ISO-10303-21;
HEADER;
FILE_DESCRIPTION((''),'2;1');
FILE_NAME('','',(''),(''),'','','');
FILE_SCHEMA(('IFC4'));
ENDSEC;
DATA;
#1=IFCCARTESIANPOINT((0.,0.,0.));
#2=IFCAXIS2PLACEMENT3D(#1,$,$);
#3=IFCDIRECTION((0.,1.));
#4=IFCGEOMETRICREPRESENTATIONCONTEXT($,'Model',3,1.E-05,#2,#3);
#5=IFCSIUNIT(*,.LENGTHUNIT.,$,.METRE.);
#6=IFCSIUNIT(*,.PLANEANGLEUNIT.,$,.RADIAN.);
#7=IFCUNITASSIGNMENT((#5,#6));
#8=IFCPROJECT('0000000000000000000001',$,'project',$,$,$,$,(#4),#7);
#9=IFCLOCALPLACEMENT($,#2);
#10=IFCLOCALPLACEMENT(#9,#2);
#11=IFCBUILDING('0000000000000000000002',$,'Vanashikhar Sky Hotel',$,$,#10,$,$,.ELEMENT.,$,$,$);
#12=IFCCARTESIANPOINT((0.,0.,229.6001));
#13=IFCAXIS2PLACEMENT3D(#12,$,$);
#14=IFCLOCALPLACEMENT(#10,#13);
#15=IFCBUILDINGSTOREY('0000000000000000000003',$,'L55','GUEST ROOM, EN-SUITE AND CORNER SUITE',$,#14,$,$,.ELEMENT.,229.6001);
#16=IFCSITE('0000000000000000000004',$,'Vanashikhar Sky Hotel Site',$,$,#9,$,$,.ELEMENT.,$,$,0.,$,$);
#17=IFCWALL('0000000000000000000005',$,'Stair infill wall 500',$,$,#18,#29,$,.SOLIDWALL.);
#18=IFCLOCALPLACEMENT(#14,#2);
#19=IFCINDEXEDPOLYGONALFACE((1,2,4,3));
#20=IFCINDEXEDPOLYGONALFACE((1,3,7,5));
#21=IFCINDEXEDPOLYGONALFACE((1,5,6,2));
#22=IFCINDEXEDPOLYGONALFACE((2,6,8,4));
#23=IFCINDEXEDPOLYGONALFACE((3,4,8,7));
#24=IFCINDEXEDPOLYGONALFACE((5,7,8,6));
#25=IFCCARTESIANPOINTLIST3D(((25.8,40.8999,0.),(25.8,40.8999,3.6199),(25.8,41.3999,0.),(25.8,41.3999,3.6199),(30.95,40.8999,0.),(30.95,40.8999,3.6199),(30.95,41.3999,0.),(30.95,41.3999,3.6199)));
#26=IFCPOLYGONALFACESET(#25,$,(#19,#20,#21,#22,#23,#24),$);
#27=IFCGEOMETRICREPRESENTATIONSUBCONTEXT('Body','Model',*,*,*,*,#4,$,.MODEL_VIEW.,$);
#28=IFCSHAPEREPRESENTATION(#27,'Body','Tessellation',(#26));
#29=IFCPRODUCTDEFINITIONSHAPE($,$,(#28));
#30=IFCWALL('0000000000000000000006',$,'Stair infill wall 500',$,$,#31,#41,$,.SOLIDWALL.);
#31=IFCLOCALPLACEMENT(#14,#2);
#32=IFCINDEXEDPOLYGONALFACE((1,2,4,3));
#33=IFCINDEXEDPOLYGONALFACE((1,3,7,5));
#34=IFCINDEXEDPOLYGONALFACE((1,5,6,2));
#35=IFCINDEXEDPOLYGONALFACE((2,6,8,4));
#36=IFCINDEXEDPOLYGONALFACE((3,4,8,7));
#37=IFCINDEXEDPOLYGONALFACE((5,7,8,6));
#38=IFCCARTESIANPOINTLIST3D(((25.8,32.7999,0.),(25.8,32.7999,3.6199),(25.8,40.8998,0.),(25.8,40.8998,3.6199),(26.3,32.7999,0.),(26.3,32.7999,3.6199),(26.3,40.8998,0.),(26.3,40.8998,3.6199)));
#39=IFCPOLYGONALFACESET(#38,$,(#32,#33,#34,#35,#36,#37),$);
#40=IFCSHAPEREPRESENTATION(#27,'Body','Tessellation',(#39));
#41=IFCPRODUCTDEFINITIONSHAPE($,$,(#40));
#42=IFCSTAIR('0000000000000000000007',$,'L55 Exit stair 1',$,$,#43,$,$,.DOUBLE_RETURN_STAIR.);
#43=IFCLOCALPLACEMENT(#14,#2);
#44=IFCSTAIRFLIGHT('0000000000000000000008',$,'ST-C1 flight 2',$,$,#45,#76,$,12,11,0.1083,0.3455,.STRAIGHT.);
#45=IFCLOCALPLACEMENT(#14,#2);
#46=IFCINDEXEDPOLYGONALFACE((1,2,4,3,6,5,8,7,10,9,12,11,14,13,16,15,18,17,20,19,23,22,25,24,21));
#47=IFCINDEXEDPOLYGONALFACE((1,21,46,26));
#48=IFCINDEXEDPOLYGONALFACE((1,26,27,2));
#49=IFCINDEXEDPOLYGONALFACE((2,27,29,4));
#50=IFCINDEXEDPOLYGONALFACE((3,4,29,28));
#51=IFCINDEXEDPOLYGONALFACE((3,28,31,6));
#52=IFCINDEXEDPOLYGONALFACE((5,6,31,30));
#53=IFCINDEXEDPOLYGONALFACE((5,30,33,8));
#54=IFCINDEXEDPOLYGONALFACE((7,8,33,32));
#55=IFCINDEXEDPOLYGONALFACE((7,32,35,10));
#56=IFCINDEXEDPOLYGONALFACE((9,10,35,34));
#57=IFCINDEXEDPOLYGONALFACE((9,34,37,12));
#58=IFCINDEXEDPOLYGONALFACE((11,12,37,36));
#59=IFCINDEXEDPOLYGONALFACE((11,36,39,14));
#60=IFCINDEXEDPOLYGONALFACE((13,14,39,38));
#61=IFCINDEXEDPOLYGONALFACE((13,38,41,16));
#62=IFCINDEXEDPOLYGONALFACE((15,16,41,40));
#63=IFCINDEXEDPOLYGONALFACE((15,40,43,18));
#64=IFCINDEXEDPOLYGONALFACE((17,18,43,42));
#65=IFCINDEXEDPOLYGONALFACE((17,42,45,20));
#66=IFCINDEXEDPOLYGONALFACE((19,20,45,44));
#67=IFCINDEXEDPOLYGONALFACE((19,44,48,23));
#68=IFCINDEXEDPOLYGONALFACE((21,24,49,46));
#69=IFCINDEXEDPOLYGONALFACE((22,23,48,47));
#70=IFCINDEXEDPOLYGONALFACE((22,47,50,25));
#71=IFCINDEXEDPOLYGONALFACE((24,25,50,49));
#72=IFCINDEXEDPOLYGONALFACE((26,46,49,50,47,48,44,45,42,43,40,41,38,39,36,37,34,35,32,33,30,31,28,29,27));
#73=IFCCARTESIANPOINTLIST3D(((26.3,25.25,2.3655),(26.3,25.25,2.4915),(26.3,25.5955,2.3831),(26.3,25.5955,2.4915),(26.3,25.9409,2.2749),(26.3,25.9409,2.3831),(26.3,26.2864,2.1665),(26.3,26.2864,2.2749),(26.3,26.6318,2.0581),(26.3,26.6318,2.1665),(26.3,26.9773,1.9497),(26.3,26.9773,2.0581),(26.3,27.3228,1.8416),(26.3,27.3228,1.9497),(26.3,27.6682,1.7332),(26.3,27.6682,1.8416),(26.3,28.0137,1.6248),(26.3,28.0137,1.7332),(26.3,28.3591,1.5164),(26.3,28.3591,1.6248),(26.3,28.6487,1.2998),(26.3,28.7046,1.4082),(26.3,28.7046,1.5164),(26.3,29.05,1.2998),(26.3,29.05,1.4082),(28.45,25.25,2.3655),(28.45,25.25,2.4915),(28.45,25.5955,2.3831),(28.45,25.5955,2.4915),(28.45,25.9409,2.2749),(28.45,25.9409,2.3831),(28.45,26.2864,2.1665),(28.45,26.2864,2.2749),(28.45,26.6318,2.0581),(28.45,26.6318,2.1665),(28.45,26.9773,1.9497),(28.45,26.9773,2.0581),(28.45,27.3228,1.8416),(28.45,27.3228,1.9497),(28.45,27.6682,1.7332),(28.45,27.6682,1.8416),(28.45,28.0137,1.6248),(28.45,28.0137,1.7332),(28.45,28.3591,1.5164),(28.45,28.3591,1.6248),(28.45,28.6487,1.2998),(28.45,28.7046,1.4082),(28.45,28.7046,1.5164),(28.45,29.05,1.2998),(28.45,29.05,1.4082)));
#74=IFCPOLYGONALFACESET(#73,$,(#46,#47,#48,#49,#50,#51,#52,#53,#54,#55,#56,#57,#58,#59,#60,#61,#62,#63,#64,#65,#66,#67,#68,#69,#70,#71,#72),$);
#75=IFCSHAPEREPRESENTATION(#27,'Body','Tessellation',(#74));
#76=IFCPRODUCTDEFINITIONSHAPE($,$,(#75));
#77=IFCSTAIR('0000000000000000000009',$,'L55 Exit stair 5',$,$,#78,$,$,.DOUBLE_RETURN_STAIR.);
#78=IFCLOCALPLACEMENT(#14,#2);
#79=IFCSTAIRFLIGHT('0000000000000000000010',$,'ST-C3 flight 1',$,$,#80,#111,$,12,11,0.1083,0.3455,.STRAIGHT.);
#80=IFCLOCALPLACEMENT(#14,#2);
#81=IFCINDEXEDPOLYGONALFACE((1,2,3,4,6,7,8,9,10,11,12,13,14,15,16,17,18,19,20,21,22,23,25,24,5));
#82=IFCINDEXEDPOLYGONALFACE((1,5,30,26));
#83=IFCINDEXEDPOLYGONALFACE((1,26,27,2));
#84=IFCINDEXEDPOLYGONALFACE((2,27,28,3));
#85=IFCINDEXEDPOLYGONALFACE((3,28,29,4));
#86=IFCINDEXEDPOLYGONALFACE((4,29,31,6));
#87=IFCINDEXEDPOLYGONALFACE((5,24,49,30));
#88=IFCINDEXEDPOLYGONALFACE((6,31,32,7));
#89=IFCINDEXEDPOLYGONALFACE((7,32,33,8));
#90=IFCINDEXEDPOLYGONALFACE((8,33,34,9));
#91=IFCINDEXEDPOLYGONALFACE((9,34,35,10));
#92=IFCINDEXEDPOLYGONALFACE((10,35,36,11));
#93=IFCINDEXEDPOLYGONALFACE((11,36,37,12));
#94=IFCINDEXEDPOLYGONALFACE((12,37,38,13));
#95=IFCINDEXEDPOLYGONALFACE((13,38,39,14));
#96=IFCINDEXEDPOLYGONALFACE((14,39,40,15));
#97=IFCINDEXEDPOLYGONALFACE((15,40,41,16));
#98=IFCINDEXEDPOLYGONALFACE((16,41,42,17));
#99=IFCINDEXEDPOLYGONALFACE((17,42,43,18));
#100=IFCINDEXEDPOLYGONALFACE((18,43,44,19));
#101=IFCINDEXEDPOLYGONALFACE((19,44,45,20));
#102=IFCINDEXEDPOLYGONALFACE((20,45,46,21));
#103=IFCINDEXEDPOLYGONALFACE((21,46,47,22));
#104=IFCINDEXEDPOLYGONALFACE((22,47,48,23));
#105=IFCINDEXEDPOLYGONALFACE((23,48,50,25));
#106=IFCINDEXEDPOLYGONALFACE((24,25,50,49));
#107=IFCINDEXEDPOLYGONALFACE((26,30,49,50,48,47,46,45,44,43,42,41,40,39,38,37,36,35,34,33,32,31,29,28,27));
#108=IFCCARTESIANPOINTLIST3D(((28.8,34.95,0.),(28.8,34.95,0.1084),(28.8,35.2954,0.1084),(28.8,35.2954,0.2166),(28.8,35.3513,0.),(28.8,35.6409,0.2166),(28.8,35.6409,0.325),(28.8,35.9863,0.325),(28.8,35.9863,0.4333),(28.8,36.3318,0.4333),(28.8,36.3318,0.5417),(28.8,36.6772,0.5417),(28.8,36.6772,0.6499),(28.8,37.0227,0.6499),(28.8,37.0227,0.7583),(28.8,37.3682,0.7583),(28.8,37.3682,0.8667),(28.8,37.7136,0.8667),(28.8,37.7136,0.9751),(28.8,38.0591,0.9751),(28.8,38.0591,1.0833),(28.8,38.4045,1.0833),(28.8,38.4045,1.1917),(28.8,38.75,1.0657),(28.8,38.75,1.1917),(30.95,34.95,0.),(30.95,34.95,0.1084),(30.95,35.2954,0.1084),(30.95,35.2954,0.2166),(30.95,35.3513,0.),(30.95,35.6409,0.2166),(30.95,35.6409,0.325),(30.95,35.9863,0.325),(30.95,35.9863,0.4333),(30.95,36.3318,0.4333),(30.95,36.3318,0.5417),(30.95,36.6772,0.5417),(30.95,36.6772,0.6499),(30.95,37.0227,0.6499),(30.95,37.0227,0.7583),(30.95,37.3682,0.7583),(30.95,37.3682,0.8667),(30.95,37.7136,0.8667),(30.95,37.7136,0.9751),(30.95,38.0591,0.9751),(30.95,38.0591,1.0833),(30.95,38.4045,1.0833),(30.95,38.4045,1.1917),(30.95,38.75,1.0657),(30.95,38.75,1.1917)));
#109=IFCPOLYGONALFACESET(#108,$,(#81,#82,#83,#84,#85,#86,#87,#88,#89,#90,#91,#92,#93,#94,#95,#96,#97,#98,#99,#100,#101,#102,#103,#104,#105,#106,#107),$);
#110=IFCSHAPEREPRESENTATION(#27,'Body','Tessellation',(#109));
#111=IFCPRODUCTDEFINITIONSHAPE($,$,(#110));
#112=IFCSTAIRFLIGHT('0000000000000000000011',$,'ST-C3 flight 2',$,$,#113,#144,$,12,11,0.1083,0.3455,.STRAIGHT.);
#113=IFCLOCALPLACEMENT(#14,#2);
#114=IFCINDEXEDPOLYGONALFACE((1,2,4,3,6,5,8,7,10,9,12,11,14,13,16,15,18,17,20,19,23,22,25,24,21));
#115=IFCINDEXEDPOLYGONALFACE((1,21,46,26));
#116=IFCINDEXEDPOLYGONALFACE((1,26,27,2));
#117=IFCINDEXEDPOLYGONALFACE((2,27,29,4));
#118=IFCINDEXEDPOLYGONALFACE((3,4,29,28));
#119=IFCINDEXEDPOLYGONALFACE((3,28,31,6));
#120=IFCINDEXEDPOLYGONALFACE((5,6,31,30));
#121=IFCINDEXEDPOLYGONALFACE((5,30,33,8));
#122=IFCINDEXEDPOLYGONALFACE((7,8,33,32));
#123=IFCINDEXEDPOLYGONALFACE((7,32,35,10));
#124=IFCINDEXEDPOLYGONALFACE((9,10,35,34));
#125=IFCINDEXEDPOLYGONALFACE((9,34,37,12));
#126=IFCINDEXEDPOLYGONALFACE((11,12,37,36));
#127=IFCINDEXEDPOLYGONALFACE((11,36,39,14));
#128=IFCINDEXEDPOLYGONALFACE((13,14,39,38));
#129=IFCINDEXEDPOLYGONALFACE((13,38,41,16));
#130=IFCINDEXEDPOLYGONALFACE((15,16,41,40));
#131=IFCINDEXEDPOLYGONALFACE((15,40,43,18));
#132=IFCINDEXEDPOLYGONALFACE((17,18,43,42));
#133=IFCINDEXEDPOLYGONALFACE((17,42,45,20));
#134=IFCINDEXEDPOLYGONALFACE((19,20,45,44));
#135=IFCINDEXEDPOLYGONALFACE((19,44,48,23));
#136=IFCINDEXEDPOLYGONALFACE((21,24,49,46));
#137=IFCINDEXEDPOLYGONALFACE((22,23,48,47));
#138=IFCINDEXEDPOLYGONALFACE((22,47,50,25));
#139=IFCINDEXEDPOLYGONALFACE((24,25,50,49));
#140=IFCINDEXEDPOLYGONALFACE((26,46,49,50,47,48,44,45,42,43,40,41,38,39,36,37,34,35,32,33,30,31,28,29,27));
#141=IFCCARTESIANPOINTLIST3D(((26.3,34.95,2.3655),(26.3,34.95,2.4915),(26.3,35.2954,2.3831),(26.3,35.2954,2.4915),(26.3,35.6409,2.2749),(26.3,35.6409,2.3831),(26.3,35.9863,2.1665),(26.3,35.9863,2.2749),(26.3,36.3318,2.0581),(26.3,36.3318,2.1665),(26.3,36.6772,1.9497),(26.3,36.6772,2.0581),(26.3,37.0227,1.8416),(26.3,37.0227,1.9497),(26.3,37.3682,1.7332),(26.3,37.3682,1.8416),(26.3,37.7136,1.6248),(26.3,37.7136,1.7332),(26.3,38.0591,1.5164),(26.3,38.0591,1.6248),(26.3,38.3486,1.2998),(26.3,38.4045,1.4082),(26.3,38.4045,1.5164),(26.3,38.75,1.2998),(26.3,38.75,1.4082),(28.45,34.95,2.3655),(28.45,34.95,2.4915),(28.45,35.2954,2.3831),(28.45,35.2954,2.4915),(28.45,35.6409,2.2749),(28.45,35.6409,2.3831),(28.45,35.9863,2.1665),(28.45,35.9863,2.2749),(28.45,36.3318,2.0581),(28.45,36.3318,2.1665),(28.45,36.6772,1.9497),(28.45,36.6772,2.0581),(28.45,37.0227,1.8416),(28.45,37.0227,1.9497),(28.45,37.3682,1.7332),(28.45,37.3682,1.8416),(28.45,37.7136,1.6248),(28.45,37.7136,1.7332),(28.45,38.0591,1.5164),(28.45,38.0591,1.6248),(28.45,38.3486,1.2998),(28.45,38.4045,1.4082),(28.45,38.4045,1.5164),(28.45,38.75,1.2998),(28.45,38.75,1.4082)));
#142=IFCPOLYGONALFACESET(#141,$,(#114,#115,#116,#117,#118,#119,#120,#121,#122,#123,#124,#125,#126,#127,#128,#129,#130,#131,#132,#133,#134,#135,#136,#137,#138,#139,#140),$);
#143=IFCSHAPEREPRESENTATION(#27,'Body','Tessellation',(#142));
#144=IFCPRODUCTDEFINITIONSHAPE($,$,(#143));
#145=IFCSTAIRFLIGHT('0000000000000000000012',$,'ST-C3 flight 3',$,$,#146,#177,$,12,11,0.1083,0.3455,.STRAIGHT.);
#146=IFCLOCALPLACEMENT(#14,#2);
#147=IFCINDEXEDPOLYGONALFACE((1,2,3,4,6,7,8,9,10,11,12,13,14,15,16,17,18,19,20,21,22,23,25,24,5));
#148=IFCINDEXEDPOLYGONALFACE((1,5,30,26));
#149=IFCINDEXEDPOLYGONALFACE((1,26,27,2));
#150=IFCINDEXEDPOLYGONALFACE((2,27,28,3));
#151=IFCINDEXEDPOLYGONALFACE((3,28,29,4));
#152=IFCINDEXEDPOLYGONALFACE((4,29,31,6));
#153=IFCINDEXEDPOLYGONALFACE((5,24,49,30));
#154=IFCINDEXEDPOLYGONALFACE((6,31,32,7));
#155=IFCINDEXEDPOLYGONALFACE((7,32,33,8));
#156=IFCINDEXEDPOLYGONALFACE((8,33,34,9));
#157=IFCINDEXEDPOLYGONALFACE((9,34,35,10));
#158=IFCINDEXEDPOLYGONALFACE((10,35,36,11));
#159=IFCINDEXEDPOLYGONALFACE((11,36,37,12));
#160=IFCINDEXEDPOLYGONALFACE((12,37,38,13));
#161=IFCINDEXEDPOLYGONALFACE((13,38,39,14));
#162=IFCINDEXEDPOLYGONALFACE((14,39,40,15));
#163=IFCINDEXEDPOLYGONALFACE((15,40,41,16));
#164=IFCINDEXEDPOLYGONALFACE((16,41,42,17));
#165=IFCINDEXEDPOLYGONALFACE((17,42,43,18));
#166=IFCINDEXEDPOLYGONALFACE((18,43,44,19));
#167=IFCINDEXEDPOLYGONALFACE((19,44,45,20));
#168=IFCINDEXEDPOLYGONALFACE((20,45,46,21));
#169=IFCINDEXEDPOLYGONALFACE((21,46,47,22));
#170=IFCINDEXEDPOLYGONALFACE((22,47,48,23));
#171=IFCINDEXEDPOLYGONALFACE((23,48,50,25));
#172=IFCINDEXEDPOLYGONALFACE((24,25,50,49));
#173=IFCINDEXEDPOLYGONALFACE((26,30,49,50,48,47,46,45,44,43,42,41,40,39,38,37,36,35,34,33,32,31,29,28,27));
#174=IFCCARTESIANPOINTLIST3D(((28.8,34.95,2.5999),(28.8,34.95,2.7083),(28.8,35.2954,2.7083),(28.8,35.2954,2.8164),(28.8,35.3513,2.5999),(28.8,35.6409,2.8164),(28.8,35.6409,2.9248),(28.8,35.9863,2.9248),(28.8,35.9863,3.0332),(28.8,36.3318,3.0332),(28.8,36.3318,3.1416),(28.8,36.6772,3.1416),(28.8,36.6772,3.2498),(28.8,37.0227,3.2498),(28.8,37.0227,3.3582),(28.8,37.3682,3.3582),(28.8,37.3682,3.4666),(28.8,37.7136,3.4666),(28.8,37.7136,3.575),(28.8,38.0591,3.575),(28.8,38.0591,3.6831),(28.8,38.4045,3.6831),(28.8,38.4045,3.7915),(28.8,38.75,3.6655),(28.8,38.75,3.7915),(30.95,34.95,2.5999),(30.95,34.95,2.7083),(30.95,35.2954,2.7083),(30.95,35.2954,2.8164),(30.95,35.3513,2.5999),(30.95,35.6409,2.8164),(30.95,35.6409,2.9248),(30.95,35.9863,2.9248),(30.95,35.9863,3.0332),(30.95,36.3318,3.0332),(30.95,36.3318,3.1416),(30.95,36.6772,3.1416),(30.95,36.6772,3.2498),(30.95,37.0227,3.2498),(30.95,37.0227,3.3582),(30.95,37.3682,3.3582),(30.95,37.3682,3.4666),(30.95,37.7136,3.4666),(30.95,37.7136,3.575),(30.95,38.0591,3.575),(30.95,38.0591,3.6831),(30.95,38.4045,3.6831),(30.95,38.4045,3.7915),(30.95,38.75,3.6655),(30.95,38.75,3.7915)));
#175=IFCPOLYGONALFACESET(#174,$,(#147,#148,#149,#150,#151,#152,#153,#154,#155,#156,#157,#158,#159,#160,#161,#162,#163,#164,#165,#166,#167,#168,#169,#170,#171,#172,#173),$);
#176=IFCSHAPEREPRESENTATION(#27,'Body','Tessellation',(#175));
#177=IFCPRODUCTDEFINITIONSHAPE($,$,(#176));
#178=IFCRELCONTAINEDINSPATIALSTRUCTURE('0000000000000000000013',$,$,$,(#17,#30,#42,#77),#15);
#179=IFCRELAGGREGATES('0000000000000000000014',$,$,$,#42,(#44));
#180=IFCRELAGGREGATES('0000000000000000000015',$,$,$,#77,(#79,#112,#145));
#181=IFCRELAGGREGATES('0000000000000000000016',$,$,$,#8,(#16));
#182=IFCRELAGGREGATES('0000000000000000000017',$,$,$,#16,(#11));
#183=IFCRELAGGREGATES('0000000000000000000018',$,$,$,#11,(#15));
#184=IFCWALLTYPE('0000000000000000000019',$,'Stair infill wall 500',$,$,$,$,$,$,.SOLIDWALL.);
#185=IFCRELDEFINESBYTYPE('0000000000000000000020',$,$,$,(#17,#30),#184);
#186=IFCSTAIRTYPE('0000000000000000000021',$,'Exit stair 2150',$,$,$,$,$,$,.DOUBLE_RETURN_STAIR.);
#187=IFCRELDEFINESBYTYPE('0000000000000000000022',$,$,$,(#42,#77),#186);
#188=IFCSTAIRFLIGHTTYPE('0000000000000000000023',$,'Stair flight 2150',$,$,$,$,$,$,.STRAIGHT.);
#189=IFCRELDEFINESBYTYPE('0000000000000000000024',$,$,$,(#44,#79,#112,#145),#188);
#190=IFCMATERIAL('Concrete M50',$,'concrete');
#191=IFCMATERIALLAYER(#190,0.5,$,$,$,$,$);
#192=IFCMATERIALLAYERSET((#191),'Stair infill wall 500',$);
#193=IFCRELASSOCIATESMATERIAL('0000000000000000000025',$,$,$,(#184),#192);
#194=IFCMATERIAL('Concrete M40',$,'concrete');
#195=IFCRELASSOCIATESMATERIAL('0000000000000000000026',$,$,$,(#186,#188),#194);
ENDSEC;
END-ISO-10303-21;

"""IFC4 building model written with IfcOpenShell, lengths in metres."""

from ifc_helpers import new_model, si_unit, direction, frame, frame_2d, origin, place, context, subcontext, project, spatial, polyline, rectangle, outline, extrude, source, transform, mapped, material, layer, layer_set, type_object, element, aggregate, save


model = new_model("IFC4")

# Units and contexts
model_context = context("Model", 3, precision=1e-05, world=origin(), true_north=direction((0.0, 1.0)))
body_context = subcontext(model_context, "Body", "Model", "MODEL_VIEW")
ifc_project = project(units=[si_unit("LENGTHUNIT", "METRE"), si_unit("PLANEANGLEUNIT", "RADIAN")], contexts=[model_context])

# Site, building, storey
site_placement = place(None, origin())
site = spatial("IfcSite", under=ifc_project, at=site_placement, Name="Vanashikhar Sky Hotel Site", CompositionType="ELEMENT", RefElevation=0.0)
building_placement = place(site_placement, origin())
building = spatial("IfcBuilding", under=site, at=building_placement, Name="Vanashikhar Sky Hotel", CompositionType="ELEMENT")
storey_placement = place(building_placement, frame((0.0, 0.0, 229.6001)))
storey = spatial("IfcBuildingStorey", under=building, at=storey_placement, Name="L55", Description="GUEST ROOM, EN-SUITE AND CORNER SUITE", CompositionType="ELEMENT", Elevation=229.6001)

# Shared definitions
ifc_material_1 = material(Name="Concrete M40", Category="concrete")

# Shared definitions
ifc_material_2 = material(Name="Concrete M50", Category="concrete")

# Walls
ifc_layer_1 = layer(ifc_material_2, 0.5)
ifc_layer_set_1 = layer_set([ifc_layer_1], Name="Stair infill wall 500")
wall_type_1 = type_object("IfcWallType", Name="Stair infill wall 500", PredefinedType="SOLIDWALL", material=ifc_layer_set_1)
shared_shape_1 = source(origin(), body_context, "Body", "SweptSolid", [
    extrude(rectangle(XDim=5.1499, YDim=0.5, at=frame_2d((2.575, 0.0))), origin(), (0.0, 0.0, 1.0), 3.6199),
])
wall_1_placement = place(storey_placement, frame((25.8, 41.1499, 0.0), z_axis=(0.0, 0.0, 1.0), x_axis=(1.0, 0.0, 0.0)))
element("IfcWall", 1, at=wall_1_placement, inside=storey, type_object=wall_type_1, Name="Stair infill wall 500", PredefinedType="SOLIDWALL", context=body_context, shape_type="MappedRepresentation", body=[
    mapped(shared_shape_1, transform((0.0, 0.0, 0.0), scale=1.0)),
])
shared_shape_2 = source(origin(), body_context, "Body", "SweptSolid", [
    extrude(rectangle(XDim=8.0999, YDim=0.5, at=frame_2d((4.0498, 0.0))), origin(), (0.0, 0.0, 1.0), 3.6199),
])
wall_2_placement = place(storey_placement, frame((26.05, 32.8, 0.0), z_axis=(0.0, 0.0, 1.0), x_axis=(0.0, 1.0, 0.0)))
element("IfcWall", 2, at=wall_2_placement, inside=storey, type_object=wall_type_1, Name="Stair infill wall 500", PredefinedType="SOLIDWALL", context=body_context, shape_type="MappedRepresentation", body=[
    mapped(shared_shape_2, transform((0.0, 0.0, 0.0), scale=1.0)),
])

# Stair, stair flight
stair_type = type_object("IfcStairType", Name="Exit stair 2150", PredefinedType="DOUBLE_RETURN_STAIR", material=ifc_material_1)
stair_1_placement = place(storey_placement, origin())
stair_1 = element("IfcStair", 3, at=stair_1_placement, inside=storey, type_object=stair_type, Name="L55 Exit stair 1", PredefinedType="DOUBLE_RETURN_STAIR")
stair_flight_type = type_object("IfcStairFlightType", Name="Stair flight 2150", PredefinedType="STRAIGHT", material=ifc_material_1)
shared_shape_3 = source(origin(), body_context, "Body", "SweptSolid", [
    extrude(outline(polyline([(0.0, 0.0), (0.0, 0.1084), (0.3455, 0.1084), (0.3455, 0.2166), (0.6909, 0.2166), (0.6909, 0.325), (1.0364, 0.325), (1.0364, 0.4333), (1.3818, 0.4333), (1.3818, 0.5417), (1.7273, 0.5417), (1.7273, 0.6499), (2.0728, 0.6499), (2.0728, 0.7583), (2.4182, 0.7583), (2.4182, 0.8667), (2.7637, 0.8667), (2.7637, 0.9751), (3.1091, 0.9751), (3.1091, 1.0833), (3.4546, 1.0833), (3.4546, 1.1917), (3.8, 1.1917), (3.8, 1.3), (3.8, 1.0657), (0.4014, 0.0), (0.0, 0.0)])), frame((0.0, 1.075, 0.0), z_axis=(0.0, -1.0, 0.0), x_axis=(1.0, 0.0, 0.0)), (0.0, 0.0, 1.0), 2.1499),
])
stair_flight_1_placement = place(storey_placement, frame((27.375, 29.05, 1.2998), z_axis=(0.0, 0.0, 1.0), x_axis=(0.0, -1.0, 0.0)))
stair_flight_1 = element("IfcStairFlight", 4, at=stair_flight_1_placement, type_object=stair_flight_type, Name="ST-C1 flight 2", NumberOfRisers=12, NumberOfTreads=11, PredefinedType="STRAIGHT", RiserHeight=0.1083, TreadLength=0.3455, context=body_context, shape_type="MappedRepresentation", body=[
    mapped(shared_shape_3, transform((0.0, 0.0, 0.0), scale=1.0)),
])
aggregate(stair_1, [stair_flight_1])

# Stair, stair flights
stair_2_placement = place(storey_placement, origin())
stair_2 = element("IfcStair", 5, at=stair_2_placement, inside=storey, type_object=stair_type, Name="L55 Exit stair 5", PredefinedType="DOUBLE_RETURN_STAIR")
stair_flight_2_placement = place(storey_placement, frame((29.875, 34.95, 0.0), z_axis=(0.0, 0.0, 1.0), x_axis=(0.0, 1.0, 0.0)))
stair_flight_2 = element("IfcStairFlight", 6, at=stair_flight_2_placement, type_object=stair_flight_type, Name="ST-C3 flight 1", NumberOfRisers=12, NumberOfTreads=11, PredefinedType="STRAIGHT", RiserHeight=0.1083, TreadLength=0.3455, context=body_context, shape_type="MappedRepresentation", body=[
    mapped(shared_shape_3, transform((0.0, 0.0, 0.0), scale=1.0)),
])
stair_flight_3_placement = place(storey_placement, frame((27.375, 38.75, 1.2998), z_axis=(0.0, 0.0, 1.0), x_axis=(0.0, -1.0, 0.0)))
stair_flight_3 = element("IfcStairFlight", 7, at=stair_flight_3_placement, type_object=stair_flight_type, Name="ST-C3 flight 2", NumberOfRisers=12, NumberOfTreads=11, PredefinedType="STRAIGHT", RiserHeight=0.1083, TreadLength=0.3455, context=body_context, shape_type="MappedRepresentation", body=[
    mapped(shared_shape_3, transform((0.0, 0.0, 0.0), scale=1.0)),
])
stair_flight_4_placement = place(storey_placement, frame((29.875, 34.95, 2.5999), z_axis=(0.0, 0.0, 1.0), x_axis=(0.0, 1.0, 0.0)))
stair_flight_4 = element("IfcStairFlight", 8, at=stair_flight_4_placement, type_object=stair_flight_type, Name="ST-C3 flight 3", NumberOfRisers=12, NumberOfTreads=11, PredefinedType="STRAIGHT", RiserHeight=0.1083, TreadLength=0.3455, context=body_context, shape_type="MappedRepresentation", body=[
    mapped(shared_shape_3, transform((0.0, 0.0, 0.0), scale=1.0)),
])
aggregate(stair_2, [stair_flight_2, stair_flight_3, stair_flight_4])

save(model, "model.ifc")
